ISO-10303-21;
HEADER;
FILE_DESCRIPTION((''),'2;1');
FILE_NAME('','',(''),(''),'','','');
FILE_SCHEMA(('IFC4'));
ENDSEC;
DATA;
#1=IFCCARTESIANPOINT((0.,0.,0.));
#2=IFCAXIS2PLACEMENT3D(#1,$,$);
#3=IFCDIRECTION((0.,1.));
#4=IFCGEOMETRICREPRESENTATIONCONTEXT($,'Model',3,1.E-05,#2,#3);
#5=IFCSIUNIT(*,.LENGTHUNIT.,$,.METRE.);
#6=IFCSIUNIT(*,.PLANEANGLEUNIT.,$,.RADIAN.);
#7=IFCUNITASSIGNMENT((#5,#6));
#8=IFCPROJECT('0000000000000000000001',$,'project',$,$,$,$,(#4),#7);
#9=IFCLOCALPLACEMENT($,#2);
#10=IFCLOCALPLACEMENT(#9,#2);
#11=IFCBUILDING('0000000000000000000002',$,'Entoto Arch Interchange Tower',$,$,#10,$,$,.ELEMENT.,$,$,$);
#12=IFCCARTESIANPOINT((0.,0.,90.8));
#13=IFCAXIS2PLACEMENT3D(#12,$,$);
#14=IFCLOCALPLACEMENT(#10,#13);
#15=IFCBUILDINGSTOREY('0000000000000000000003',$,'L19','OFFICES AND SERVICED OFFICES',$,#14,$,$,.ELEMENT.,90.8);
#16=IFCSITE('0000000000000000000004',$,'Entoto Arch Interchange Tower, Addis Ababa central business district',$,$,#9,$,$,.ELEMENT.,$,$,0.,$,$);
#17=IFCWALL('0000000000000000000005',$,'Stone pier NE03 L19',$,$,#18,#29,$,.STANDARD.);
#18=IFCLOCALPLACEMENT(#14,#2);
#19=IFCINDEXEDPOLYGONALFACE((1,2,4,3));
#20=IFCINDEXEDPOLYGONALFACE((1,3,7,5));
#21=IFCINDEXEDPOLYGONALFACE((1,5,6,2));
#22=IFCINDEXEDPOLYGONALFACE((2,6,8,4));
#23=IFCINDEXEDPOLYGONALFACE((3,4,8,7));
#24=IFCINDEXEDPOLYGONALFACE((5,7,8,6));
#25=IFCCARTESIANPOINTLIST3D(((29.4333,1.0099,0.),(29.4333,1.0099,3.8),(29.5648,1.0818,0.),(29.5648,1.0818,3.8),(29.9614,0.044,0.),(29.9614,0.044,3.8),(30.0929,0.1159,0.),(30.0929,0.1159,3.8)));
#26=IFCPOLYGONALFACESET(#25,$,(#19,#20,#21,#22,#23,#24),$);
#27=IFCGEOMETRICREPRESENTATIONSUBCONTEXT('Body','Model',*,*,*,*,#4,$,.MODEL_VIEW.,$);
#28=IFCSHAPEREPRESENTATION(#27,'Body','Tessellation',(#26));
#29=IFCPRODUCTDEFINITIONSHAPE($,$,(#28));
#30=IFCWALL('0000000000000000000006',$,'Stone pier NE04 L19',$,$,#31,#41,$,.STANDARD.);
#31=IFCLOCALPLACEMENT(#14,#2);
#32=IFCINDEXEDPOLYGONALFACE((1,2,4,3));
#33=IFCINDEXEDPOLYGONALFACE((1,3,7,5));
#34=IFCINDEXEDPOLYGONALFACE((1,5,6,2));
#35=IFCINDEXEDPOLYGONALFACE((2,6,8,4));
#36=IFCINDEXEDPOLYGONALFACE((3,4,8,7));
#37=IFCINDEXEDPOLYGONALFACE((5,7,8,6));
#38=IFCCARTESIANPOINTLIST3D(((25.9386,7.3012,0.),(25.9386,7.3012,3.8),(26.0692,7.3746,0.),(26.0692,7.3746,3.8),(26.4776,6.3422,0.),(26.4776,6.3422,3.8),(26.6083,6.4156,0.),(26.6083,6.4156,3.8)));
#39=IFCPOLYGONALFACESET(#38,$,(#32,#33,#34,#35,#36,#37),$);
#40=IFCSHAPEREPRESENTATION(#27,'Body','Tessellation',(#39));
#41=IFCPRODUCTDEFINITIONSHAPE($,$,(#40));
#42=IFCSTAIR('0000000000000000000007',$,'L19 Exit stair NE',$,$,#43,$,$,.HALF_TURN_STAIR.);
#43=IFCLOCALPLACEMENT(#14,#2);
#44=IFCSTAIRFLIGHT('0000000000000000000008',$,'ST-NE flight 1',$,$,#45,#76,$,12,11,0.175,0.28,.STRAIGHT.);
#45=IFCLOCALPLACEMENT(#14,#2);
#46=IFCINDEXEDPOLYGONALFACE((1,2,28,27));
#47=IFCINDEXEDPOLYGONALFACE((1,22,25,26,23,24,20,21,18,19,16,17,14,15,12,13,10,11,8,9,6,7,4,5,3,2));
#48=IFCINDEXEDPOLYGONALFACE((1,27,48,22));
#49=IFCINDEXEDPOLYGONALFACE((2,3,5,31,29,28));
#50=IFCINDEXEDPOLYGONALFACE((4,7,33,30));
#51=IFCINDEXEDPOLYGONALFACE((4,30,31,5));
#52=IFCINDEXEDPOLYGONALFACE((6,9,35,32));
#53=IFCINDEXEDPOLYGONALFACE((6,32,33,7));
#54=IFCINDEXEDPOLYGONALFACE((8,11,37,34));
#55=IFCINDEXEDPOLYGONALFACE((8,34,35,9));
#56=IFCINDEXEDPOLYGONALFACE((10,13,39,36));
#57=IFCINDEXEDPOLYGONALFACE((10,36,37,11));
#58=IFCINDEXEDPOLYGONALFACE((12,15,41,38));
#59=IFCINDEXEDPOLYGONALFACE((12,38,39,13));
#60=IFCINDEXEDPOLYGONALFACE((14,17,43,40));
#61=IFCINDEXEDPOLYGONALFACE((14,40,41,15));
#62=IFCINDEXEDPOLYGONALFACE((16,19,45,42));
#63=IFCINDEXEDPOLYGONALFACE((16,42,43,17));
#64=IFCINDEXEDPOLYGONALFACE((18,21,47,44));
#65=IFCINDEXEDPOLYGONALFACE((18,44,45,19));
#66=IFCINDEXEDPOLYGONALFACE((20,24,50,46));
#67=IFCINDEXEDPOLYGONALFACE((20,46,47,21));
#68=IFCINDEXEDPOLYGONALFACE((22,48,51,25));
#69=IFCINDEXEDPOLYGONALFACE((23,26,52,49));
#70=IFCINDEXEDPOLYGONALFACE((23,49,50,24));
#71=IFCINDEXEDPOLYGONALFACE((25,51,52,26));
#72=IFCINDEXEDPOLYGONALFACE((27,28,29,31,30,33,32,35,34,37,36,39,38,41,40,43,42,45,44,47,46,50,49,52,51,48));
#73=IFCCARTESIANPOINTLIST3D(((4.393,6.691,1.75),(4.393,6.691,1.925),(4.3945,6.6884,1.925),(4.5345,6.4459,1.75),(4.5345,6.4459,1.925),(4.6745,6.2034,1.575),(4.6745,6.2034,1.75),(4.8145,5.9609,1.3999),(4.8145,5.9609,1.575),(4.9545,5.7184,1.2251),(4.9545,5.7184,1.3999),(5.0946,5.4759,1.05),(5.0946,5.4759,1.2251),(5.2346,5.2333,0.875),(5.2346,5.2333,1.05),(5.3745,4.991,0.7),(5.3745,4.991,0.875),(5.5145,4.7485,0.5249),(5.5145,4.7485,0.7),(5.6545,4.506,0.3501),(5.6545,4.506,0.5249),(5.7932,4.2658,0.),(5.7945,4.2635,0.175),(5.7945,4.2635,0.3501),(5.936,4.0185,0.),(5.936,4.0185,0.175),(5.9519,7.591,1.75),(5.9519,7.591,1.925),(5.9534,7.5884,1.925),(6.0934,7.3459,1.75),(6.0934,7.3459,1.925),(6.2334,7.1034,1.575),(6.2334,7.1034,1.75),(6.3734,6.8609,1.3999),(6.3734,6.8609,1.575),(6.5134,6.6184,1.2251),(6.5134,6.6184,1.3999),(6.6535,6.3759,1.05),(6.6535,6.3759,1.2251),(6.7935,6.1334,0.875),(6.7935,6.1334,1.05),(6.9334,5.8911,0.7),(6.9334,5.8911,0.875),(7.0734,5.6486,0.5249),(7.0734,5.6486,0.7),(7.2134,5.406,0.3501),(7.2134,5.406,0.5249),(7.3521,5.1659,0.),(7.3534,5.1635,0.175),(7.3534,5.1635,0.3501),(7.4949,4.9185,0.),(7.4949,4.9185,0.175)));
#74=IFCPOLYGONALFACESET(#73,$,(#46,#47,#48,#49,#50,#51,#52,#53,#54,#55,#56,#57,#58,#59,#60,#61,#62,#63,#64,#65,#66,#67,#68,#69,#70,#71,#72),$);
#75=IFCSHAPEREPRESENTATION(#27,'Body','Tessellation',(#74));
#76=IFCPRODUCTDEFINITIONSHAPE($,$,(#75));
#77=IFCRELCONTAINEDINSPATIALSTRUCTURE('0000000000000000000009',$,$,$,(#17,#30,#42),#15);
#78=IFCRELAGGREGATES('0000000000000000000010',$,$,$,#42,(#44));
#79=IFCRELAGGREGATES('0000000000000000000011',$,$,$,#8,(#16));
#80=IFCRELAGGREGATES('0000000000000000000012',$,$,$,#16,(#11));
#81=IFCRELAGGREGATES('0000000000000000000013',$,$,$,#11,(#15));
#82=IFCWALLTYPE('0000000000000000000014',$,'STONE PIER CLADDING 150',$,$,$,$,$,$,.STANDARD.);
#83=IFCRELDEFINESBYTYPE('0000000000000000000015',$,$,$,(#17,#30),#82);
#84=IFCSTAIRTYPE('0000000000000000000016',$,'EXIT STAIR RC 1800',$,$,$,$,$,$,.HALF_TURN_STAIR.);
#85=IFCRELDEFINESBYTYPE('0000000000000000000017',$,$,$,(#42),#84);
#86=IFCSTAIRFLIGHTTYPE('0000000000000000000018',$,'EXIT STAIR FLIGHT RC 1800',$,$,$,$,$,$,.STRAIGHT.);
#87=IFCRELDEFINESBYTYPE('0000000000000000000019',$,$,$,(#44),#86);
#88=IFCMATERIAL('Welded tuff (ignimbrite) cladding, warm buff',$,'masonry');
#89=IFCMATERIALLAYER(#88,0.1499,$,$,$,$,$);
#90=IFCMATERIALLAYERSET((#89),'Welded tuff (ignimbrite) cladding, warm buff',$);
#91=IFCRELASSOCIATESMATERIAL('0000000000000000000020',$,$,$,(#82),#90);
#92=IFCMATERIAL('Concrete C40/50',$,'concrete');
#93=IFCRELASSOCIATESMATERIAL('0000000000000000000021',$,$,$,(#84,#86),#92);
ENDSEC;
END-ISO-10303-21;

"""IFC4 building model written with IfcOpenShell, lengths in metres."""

from ifc_helpers import new_model, si_unit, direction, frame, frame_2d, origin, place, context, subcontext, project, spatial, polyline, rectangle, outline, extrude, material, layer, layer_set, type_object, element, aggregate, save


model = new_model("IFC4")

# Units and contexts
model_context = context("Model", 3, precision=1e-05, world=origin(), true_north=direction((0.0, 1.0)))
body_context = subcontext(model_context, "Body", "Model", "MODEL_VIEW")
ifc_project = project(units=[si_unit("LENGTHUNIT", "METRE"), si_unit("PLANEANGLEUNIT", "RADIAN")], contexts=[model_context])

# Site, building, storey
site_placement = place(None, origin())
site = spatial("IfcSite", under=ifc_project, at=site_placement, Name="Entoto Arch Interchange Tower, Addis Ababa central business district", CompositionType="ELEMENT", RefElevation=0.0)
building_placement = place(site_placement, origin())
building = spatial("IfcBuilding", under=site, at=building_placement, Name="Entoto Arch Interchange Tower", CompositionType="ELEMENT")
storey_placement = place(building_placement, frame((0.0, 0.0, 90.8)))
storey = spatial("IfcBuildingStorey", under=building, at=storey_placement, Name="L19", Description="OFFICES AND SERVICED OFFICES", CompositionType="ELEMENT", Elevation=90.8)

# Shared definitions
ifc_material_1 = material(Name="Concrete C40/50", Category="concrete")

# Shared definitions
ifc_material_2 = material(Name="Welded tuff (ignimbrite) cladding, warm buff", Category="masonry")

# Walls
ifc_layer_1 = layer(ifc_material_2, 0.1499)
ifc_layer_set_1 = layer_set([ifc_layer_1], Name="Welded tuff (ignimbrite) cladding, warm buff")
wall_type_1 = type_object("IfcWallType", Name="STONE PIER CLADDING 150", PredefinedType="STANDARD", material=ifc_layer_set_1)
wall_1_placement = place(storey_placement, frame((30.0271, 0.0801, 0.0), z_axis=(0.0, 0.0, 1.0), x_axis=(-0.479738, 0.877412, 0.0)))
element("IfcWall", 1, at=wall_1_placement, inside=storey, type_object=wall_type_1, Name="Stone pier NE03 L19", PredefinedType="STANDARD", context=body_context, shape_type="SweptSolid", body=[
    extrude(rectangle(XDim=1.1008, YDim=0.1499, at=frame_2d((0.5503, 0.0))), origin(), (0.0, 0.0, 1.0), 3.8),
])
wall_2_placement = place(storey_placement, frame((26.543, 6.3789, 0.0), z_axis=(0.0, 0.0, 1.0), x_axis=(-0.490008, 0.871718, 0.0)))
element("IfcWall", 2, at=wall_2_placement, inside=storey, type_object=wall_type_1, Name="Stone pier NE04 L19", PredefinedType="STANDARD", context=body_context, shape_type="SweptSolid", body=[
    extrude(rectangle(XDim=1.1001, YDim=0.1499, at=frame_2d((0.55, 0.0))), origin(), (0.0, 0.0, 1.0), 3.8),
])

# Stair, stair flight
stair_type = type_object("IfcStairType", Name="EXIT STAIR RC 1800", PredefinedType="HALF_TURN_STAIR", material=ifc_material_1)
stair_placement = place(storey_placement, origin())
stair = element("IfcStair", 3, at=stair_placement, inside=storey, type_object=stair_type, Name="L19 Exit stair NE", PredefinedType="HALF_TURN_STAIR")
stair_flight_type = type_object("IfcStairFlightType", Name="EXIT STAIR FLIGHT RC 1800", PredefinedType="STRAIGHT", material=ifc_material_1)
stair_flight_placement = place(storey_placement, frame((6.7139, 4.4709, 0.0), z_axis=(0.0, 0.0, 1.0), x_axis=(-0.5, 0.866025, 0.0)))
stair_flight = element("IfcStairFlight", 4, at=stair_flight_placement, type_object=stair_flight_type, Name="ST-NE flight 1", NumberOfRisers=12, NumberOfTreads=11, PredefinedType="STRAIGHT", RiserHeight=0.175, TreadLength=0.28, context=body_context, shape_type="SweptSolid", body=[
    extrude(outline(polyline([(-0.0029, 0.0), (-0.0029, 0.175), (0.28, 0.175), (0.28, 0.3501), (0.5601, 0.3501), (0.5601, 0.5249), (0.8401, 0.5249), (0.8401, 0.7), (1.1201, 0.7), (1.1201, 0.875), (1.3999, 0.875), (1.3999, 1.05), (1.6799, 1.05), (1.6799, 1.2251), (1.96, 1.2251), (1.96, 1.3999), (2.24, 1.3999), (2.24, 1.575), (2.52, 1.575), (2.52, 1.75), (2.8, 1.75), (2.8, 1.925), (3.0801, 1.925), (3.083, 1.925), (3.083, 1.75), (0.2827, 0.0), (-0.0029, 0.0)])), frame((0.0, 0.8999, 0.0), z_axis=(0.0, -1.0, 0.0), x_axis=(1.0, 0.0, 0.0)), (0.0, 0.0, 1.0), 1.8),
])
aggregate(stair, [stair_flight])

save(model, "model.ifc")
